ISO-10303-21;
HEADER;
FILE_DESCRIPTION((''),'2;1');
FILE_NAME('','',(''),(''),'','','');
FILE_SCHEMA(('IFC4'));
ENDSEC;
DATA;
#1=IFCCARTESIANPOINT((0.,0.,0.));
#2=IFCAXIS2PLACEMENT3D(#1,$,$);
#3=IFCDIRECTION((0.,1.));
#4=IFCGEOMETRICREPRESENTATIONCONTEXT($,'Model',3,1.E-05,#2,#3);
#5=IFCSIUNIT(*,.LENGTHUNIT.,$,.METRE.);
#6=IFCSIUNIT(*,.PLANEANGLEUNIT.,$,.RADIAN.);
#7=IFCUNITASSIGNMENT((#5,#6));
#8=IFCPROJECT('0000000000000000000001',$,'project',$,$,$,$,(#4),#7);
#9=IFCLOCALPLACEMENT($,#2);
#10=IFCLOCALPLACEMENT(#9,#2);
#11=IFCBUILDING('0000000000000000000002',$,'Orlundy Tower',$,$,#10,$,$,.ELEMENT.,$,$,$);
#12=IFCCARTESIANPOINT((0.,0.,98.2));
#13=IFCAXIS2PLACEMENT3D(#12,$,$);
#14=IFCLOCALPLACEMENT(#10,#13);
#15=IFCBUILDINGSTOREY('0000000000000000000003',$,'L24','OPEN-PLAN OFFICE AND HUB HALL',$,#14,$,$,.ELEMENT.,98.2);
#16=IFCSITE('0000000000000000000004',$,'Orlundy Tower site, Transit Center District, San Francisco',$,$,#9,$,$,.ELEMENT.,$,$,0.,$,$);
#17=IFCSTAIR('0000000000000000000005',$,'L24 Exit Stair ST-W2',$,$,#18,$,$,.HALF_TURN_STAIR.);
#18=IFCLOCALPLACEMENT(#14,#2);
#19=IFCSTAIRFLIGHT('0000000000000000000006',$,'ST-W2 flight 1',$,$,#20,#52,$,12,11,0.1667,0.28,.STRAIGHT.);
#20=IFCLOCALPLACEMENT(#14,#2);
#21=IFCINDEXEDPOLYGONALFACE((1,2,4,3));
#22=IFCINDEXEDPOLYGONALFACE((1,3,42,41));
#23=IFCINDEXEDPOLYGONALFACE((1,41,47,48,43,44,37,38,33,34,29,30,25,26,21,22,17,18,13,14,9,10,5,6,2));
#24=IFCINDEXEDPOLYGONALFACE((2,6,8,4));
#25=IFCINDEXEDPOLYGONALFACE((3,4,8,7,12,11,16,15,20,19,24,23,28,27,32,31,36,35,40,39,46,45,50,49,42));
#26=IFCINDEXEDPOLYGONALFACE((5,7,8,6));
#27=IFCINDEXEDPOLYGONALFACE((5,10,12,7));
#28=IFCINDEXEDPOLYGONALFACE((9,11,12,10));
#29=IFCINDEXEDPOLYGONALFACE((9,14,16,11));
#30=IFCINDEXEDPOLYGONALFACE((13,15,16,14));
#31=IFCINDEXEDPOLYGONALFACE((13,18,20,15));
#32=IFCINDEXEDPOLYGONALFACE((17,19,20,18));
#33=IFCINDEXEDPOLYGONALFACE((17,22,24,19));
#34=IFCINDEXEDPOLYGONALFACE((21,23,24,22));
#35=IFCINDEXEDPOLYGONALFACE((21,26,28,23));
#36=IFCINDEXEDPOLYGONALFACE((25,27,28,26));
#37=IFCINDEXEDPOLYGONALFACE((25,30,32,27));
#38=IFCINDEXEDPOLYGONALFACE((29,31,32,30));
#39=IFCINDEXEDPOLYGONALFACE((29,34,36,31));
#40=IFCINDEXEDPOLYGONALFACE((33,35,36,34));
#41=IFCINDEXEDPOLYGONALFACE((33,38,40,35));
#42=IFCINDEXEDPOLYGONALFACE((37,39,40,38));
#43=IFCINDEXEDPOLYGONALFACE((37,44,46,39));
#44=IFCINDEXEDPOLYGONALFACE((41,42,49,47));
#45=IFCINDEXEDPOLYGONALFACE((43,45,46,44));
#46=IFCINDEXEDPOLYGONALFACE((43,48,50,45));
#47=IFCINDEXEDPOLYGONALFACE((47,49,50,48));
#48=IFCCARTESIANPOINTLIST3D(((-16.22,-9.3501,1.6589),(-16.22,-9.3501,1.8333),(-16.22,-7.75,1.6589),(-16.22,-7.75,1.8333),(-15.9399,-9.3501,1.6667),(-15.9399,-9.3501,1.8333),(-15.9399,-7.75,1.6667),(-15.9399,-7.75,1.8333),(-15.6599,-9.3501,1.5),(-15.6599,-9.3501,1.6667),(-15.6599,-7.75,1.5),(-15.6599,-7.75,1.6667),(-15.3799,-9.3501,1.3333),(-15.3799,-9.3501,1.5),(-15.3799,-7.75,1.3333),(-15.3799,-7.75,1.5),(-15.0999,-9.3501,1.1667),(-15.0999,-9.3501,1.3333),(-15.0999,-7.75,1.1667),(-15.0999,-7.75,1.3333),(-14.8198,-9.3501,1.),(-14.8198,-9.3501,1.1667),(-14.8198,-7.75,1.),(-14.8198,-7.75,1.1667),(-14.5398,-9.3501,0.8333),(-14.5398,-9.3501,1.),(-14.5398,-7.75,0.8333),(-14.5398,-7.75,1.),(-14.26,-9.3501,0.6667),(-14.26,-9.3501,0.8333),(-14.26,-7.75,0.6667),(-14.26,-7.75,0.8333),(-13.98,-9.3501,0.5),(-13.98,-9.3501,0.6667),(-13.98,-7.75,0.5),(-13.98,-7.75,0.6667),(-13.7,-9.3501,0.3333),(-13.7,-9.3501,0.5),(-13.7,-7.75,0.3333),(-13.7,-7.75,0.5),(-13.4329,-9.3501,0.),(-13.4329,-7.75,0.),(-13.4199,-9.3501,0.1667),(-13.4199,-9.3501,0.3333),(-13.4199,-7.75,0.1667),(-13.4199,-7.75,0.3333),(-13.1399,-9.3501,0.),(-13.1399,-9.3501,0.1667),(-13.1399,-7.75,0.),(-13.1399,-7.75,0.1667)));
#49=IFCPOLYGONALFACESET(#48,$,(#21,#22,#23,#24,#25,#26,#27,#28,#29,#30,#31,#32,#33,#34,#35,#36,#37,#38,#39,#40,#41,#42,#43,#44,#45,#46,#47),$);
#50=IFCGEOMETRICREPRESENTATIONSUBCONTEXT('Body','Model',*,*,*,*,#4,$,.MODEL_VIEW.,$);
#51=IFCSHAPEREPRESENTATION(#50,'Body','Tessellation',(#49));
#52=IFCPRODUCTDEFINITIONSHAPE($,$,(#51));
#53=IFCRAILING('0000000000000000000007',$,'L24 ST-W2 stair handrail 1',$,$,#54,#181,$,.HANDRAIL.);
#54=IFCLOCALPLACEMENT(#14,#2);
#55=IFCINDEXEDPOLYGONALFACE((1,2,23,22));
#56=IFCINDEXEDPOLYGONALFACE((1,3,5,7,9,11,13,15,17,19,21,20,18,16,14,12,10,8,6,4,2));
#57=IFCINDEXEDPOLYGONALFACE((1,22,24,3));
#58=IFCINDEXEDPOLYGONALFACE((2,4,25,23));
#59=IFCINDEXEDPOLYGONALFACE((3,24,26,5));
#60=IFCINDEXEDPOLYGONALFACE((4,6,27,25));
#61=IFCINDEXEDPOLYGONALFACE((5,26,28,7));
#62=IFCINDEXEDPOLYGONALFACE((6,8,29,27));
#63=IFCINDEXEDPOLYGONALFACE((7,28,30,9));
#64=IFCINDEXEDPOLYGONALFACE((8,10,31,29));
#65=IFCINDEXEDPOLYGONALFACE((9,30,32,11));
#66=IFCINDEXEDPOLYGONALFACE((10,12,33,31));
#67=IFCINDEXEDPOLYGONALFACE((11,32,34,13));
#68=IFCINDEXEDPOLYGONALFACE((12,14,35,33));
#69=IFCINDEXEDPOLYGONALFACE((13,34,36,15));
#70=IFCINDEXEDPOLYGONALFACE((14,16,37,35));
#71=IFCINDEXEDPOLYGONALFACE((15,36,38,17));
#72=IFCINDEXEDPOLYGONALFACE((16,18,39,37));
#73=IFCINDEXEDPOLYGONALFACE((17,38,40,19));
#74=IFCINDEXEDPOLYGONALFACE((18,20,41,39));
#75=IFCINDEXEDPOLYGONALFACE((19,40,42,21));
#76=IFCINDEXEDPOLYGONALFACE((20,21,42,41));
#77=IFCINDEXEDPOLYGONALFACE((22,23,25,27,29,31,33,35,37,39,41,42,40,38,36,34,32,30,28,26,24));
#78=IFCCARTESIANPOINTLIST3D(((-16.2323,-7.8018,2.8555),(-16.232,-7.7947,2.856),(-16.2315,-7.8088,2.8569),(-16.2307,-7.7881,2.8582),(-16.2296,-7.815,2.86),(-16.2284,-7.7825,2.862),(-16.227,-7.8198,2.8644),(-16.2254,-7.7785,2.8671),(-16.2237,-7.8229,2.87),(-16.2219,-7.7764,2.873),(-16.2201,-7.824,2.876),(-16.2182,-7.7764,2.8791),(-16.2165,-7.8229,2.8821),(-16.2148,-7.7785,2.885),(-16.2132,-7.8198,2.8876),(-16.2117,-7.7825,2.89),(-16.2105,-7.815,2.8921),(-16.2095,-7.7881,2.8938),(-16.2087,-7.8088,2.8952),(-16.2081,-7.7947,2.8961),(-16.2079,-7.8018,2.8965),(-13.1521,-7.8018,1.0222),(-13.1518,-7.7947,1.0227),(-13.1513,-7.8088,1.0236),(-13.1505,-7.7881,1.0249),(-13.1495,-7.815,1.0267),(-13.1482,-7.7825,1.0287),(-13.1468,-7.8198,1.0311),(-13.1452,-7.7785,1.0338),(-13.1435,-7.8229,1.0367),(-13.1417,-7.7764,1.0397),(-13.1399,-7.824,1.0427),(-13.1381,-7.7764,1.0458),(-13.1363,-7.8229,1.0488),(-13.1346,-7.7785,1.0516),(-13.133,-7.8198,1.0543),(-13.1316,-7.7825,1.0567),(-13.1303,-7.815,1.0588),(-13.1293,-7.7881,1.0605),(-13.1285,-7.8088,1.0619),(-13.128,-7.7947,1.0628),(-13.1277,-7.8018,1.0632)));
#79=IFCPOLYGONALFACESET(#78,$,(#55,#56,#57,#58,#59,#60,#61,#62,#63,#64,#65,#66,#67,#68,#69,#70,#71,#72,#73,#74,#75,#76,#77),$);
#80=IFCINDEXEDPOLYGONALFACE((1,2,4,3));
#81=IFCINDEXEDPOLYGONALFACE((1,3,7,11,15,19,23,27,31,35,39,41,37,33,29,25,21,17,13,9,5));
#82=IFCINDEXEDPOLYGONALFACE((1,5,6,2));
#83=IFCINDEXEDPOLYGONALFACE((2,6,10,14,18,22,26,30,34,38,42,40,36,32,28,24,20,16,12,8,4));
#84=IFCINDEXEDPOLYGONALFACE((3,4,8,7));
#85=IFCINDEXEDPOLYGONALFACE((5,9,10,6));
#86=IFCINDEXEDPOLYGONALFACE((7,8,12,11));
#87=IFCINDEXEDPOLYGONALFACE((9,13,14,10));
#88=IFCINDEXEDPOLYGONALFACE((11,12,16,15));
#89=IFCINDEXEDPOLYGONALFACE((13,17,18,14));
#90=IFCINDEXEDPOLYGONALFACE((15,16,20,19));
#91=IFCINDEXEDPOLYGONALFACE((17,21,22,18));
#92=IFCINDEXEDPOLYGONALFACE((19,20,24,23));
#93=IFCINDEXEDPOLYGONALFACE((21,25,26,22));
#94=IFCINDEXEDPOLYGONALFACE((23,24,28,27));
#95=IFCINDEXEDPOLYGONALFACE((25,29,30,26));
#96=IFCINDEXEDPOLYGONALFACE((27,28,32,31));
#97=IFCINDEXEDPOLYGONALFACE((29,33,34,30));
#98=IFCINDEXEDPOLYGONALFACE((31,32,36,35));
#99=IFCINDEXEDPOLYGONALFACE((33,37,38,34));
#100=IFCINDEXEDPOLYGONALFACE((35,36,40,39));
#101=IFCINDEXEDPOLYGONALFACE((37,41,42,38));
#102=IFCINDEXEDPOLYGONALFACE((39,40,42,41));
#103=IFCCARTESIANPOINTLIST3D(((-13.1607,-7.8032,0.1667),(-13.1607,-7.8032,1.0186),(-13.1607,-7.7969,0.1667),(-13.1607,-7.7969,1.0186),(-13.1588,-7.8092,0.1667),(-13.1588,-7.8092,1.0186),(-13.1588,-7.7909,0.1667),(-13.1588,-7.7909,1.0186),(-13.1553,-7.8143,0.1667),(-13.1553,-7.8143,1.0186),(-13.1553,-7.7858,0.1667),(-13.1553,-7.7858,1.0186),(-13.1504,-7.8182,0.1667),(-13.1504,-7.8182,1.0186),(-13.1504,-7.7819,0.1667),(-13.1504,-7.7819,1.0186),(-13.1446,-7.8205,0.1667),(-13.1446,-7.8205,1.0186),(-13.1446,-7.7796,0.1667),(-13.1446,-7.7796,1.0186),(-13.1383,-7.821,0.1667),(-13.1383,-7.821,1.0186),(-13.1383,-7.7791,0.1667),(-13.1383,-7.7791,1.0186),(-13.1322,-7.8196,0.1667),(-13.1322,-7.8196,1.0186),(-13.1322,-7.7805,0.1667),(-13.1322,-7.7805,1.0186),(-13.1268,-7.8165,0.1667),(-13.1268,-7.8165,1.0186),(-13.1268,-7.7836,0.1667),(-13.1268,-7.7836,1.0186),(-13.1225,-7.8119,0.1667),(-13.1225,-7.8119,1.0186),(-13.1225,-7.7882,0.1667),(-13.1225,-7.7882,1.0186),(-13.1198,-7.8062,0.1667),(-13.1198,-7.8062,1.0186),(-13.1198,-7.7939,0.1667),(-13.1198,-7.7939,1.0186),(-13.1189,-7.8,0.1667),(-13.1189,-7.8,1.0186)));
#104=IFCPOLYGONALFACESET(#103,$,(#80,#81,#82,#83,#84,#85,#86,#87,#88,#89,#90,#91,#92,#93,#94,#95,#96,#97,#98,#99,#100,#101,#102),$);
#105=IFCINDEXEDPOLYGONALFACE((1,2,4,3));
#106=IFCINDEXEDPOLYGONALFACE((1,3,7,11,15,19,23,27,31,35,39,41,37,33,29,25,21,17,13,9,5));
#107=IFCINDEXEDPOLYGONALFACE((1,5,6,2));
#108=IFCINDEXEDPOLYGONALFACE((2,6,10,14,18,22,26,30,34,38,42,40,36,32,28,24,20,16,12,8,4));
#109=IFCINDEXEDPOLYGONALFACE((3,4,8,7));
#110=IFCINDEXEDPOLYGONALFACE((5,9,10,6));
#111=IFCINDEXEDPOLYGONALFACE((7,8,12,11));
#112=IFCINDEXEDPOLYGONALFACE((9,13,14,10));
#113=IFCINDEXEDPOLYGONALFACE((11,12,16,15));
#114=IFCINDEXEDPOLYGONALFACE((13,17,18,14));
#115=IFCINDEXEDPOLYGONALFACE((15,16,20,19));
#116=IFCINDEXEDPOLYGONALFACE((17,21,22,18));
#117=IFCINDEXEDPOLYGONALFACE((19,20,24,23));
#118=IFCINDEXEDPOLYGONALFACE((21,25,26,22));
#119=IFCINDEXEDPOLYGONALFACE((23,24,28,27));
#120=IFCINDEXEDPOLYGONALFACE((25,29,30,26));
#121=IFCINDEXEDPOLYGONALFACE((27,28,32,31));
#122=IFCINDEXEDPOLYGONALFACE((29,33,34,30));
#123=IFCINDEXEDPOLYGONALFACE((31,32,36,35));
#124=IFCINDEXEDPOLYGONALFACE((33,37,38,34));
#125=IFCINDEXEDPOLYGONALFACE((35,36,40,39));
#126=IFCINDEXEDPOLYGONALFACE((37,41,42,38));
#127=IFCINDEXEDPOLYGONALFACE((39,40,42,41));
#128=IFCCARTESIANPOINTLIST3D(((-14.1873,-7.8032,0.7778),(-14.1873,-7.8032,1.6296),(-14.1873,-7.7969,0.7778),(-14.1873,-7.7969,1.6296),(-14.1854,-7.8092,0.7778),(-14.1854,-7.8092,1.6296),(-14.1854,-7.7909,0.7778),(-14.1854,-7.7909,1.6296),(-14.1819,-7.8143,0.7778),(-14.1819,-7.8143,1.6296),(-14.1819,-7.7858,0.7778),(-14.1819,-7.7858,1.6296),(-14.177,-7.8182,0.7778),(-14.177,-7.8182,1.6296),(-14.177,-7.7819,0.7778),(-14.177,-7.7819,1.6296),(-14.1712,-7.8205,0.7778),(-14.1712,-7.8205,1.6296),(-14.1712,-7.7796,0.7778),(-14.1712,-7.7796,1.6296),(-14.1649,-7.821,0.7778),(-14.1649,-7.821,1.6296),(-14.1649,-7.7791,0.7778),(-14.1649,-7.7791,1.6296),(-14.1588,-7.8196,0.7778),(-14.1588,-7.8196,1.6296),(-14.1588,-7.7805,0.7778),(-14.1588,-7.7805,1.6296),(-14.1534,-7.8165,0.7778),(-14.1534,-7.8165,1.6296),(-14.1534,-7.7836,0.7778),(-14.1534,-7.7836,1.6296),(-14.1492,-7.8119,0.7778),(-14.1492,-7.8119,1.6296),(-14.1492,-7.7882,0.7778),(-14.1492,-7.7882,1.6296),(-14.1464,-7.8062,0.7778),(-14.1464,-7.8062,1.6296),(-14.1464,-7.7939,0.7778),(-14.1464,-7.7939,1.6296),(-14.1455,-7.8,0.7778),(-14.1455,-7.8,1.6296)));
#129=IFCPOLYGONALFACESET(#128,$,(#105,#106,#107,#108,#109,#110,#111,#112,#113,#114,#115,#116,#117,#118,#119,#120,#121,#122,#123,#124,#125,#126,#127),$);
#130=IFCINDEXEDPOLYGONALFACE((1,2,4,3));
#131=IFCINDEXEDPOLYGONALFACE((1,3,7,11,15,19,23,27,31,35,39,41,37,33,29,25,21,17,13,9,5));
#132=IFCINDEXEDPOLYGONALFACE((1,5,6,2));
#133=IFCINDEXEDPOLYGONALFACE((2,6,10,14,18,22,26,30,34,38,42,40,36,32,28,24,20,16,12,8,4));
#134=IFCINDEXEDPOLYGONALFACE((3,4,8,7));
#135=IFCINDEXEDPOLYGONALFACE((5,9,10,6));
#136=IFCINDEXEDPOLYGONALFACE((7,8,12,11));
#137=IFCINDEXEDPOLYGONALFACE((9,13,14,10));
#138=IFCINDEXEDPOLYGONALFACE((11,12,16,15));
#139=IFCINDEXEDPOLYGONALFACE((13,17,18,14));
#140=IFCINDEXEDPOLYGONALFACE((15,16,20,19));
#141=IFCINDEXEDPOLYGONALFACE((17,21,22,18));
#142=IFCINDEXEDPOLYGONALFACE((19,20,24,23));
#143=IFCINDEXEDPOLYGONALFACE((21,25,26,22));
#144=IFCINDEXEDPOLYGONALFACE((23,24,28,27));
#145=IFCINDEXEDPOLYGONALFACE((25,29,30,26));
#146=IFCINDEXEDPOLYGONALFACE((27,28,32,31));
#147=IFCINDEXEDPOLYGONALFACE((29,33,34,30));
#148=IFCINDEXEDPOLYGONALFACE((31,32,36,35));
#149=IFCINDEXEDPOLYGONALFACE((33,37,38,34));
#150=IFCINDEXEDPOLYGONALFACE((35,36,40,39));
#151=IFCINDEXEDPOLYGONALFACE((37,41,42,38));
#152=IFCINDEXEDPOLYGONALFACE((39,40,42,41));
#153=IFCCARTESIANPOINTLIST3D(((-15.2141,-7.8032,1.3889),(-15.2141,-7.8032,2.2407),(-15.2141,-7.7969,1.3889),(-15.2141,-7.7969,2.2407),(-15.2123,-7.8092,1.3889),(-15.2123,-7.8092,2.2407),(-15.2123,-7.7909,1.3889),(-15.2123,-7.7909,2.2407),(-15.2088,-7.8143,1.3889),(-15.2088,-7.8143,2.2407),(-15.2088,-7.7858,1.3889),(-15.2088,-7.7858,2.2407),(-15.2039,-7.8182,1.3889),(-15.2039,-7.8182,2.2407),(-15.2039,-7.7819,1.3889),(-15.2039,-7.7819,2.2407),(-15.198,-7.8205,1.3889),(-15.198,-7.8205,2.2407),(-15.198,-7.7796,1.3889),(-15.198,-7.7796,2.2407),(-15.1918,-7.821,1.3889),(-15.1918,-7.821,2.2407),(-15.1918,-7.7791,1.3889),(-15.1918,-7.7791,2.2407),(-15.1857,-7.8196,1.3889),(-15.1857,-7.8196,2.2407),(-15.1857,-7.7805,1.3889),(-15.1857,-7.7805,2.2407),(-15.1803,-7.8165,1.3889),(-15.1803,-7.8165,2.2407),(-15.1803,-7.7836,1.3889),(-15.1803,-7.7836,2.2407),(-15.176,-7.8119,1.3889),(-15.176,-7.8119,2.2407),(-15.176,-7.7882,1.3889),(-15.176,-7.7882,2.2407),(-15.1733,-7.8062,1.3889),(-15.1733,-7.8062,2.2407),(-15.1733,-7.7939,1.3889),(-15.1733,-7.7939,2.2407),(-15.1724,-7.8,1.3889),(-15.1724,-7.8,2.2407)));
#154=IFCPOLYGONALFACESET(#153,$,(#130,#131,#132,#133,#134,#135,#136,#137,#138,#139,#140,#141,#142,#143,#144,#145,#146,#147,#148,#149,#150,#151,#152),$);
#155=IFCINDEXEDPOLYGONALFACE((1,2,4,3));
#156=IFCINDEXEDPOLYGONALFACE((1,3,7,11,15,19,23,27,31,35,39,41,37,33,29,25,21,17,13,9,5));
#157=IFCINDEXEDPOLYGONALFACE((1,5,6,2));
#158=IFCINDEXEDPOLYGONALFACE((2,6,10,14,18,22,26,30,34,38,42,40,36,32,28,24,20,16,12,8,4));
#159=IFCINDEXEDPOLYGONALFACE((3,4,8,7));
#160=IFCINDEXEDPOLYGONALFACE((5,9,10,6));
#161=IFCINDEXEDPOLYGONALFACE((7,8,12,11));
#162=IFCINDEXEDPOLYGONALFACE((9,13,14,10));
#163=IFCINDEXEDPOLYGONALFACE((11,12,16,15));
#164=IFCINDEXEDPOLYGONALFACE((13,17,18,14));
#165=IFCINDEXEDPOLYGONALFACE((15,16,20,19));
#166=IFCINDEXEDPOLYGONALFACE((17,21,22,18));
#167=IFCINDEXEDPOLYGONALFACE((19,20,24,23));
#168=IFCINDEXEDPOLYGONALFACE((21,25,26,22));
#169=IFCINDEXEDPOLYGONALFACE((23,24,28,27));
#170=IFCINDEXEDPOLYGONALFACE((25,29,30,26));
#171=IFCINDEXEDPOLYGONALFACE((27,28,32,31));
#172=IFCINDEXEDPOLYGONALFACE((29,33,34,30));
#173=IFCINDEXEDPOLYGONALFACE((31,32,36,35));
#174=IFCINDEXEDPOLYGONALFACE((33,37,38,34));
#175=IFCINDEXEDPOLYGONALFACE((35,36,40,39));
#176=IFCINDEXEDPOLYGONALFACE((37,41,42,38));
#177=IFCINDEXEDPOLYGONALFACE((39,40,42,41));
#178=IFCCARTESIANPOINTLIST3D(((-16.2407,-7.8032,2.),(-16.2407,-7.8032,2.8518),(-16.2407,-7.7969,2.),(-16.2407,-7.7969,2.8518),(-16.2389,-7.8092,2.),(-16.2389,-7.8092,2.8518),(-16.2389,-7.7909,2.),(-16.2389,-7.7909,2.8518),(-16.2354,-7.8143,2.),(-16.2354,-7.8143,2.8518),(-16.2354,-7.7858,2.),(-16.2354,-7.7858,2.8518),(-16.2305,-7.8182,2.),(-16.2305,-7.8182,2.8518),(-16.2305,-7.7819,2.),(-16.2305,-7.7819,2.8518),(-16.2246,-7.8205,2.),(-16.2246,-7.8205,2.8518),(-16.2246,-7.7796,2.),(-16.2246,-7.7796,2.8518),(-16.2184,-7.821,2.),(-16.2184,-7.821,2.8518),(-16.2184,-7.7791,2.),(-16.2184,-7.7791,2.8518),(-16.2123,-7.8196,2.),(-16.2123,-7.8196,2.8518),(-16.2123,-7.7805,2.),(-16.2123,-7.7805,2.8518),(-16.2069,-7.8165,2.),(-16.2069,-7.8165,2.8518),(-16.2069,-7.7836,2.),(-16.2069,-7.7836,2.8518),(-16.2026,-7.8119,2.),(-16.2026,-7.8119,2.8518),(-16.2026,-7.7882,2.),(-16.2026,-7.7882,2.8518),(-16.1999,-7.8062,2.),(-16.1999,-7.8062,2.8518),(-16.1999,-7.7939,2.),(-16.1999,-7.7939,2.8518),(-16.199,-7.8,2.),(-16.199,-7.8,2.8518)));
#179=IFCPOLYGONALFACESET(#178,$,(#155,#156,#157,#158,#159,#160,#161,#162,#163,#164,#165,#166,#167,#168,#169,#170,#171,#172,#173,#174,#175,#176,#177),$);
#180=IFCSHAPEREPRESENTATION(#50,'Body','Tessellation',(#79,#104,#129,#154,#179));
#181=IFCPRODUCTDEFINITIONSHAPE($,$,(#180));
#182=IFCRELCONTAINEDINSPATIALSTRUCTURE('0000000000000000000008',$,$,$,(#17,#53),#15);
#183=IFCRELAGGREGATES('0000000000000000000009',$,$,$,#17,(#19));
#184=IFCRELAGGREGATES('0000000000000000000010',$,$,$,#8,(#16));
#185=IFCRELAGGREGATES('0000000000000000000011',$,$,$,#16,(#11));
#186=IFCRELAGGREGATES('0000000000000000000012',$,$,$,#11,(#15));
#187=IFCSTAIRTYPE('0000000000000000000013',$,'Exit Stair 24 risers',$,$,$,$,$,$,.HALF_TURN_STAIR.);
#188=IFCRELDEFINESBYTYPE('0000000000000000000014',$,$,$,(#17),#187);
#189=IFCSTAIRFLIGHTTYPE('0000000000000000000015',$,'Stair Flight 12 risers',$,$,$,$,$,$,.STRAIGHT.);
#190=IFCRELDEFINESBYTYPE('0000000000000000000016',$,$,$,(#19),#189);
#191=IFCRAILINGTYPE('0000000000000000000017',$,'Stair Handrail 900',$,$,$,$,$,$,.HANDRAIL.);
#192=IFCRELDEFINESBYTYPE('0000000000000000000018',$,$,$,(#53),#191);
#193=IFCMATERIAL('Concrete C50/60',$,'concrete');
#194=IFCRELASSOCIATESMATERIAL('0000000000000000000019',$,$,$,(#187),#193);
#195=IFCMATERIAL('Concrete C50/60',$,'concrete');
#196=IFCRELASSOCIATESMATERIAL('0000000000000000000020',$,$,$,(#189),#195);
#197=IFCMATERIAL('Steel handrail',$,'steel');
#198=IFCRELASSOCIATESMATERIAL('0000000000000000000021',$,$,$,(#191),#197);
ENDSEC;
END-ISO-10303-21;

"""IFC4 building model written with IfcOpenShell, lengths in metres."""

from ifc_helpers import new_model, si_unit, direction, frame, origin, origin_2d, place, context, subcontext, project, spatial, polyline, circle, outline, extrude, material, type_object, element, aggregate, save


model = new_model("IFC4")

# Units and contexts
model_context = context("Model", 3, precision=1e-05, world=origin(), true_north=direction((0.0, 1.0)))
body_context = subcontext(model_context, "Body", "Model", "MODEL_VIEW")
ifc_project = project(units=[si_unit("LENGTHUNIT", "METRE"), si_unit("PLANEANGLEUNIT", "RADIAN")], contexts=[model_context])

# Site, building, storey
site_placement = place(None, origin())
site = spatial("IfcSite", under=ifc_project, at=site_placement, Name="Orlundy Tower site, Transit Center District, San Francisco", CompositionType="ELEMENT", RefElevation=0.0)
building_placement = place(site_placement, origin())
building = spatial("IfcBuilding", under=site, at=building_placement, Name="Orlundy Tower", CompositionType="ELEMENT")
storey_placement = place(building_placement, frame((0.0, 0.0, 98.2)))
storey = spatial("IfcBuildingStorey", under=building, at=storey_placement, Name="L24", Description="OPEN-PLAN OFFICE AND HUB HALL", CompositionType="ELEMENT", Elevation=98.2)

# Stair, stair flight
ifc_material_1 = material(Name="Concrete C50/60", Category="concrete")
stair_type = type_object("IfcStairType", Name="Exit Stair 24 risers", PredefinedType="HALF_TURN_STAIR", material=ifc_material_1)
stair_placement = place(storey_placement, origin())
stair = element("IfcStair", 1, at=stair_placement, inside=storey, type_object=stair_type, Name="L24 Exit Stair ST-W2", PredefinedType="HALF_TURN_STAIR")
ifc_material_2 = material(Name="Concrete C50/60", Category="concrete")
stair_flight_type = type_object("IfcStairFlightType", Name="Stair Flight 12 risers", PredefinedType="STRAIGHT", material=ifc_material_2)
stair_flight_placement = place(storey_placement, frame((-13.1399, -8.55, 0.0), z_axis=(0.0, 0.0, 1.0), x_axis=(-1.0, 0.0, 0.0)))
stair_flight = element("IfcStairFlight", 2, at=stair_flight_placement, type_object=stair_flight_type, Name="ST-W2 flight 1", NumberOfRisers=12, NumberOfTreads=11, PredefinedType="STRAIGHT", RiserHeight=0.1667, TreadLength=0.28, context=body_context, shape_type="SweptSolid", body=[
    extrude(outline(polyline([(0.0, 0.0), (0.0, 0.1667), (0.28, 0.1667), (0.28, 0.3333), (0.5601, 0.3333), (0.5601, 0.5), (0.8401, 0.5), (0.8401, 0.6667), (1.1201, 0.6667), (1.1201, 0.8333), (1.3999, 0.8333), (1.3999, 1.0), (1.6799, 1.0), (1.6799, 1.1667), (1.96, 1.1667), (1.96, 1.3333), (2.24, 1.3333), (2.24, 1.5), (2.52, 1.5), (2.52, 1.6667), (2.8, 1.6667), (2.8, 1.8333), (3.0801, 1.8333), (3.0801, 2.0), (3.0801, 1.6589), (0.293, 0.0), (0.0, 0.0)])), frame((0.0, 0.8, 0.0), z_axis=(0.0, -1.0, 0.0), x_axis=(1.0, 0.0, 0.0)), (0.0, 0.0, 1.0), 1.6001),
])
aggregate(stair, [stair_flight])

# Railing
ifc_material_3 = material(Name="Steel handrail", Category="steel")
railing_type_1 = type_object("IfcRailingType", Name="Stair Handrail 900", PredefinedType="HANDRAIL", material=ifc_material_3)
railing_1_placement = place(storey_placement, frame((-13.1399, -7.8, 0.1667)))
element("IfcRailing", 3, at=railing_1_placement, inside=storey, type_object=railing_type_1, Name="L24 ST-W2 stair handrail 1", PredefinedType="HANDRAIL", context=body_context, shape_type="SweptSolid", body=[
    extrude(circle(Radius=0.0239, at=origin_2d()), frame((0.0, 0.0, 0.876), z_axis=(-0.859309, 0.0, 0.511458), x_axis=(0.0, -1.0, 0.0)), (0.0, 0.0, 1.0), 3.5845),
    extrude(circle(Radius=0.021, at=origin_2d()), origin(), (0.0, 0.0, 1.0), 0.8518),
    extrude(circle(Radius=0.021, at=origin_2d()), frame((-1.0266, 0.0, 0.6111)), (0.0, 0.0, 1.0), 0.8518),
    extrude(circle(Radius=0.021, at=origin_2d()), frame((-2.0535, 0.0, 1.2222)), (0.0, 0.0, 1.0), 0.8518),
    extrude(circle(Radius=0.021, at=origin_2d()), frame((-3.0801, 0.0, 1.8333)), (0.0, 0.0, 1.0), 0.8518),
])

save(model, "model.ifc")
